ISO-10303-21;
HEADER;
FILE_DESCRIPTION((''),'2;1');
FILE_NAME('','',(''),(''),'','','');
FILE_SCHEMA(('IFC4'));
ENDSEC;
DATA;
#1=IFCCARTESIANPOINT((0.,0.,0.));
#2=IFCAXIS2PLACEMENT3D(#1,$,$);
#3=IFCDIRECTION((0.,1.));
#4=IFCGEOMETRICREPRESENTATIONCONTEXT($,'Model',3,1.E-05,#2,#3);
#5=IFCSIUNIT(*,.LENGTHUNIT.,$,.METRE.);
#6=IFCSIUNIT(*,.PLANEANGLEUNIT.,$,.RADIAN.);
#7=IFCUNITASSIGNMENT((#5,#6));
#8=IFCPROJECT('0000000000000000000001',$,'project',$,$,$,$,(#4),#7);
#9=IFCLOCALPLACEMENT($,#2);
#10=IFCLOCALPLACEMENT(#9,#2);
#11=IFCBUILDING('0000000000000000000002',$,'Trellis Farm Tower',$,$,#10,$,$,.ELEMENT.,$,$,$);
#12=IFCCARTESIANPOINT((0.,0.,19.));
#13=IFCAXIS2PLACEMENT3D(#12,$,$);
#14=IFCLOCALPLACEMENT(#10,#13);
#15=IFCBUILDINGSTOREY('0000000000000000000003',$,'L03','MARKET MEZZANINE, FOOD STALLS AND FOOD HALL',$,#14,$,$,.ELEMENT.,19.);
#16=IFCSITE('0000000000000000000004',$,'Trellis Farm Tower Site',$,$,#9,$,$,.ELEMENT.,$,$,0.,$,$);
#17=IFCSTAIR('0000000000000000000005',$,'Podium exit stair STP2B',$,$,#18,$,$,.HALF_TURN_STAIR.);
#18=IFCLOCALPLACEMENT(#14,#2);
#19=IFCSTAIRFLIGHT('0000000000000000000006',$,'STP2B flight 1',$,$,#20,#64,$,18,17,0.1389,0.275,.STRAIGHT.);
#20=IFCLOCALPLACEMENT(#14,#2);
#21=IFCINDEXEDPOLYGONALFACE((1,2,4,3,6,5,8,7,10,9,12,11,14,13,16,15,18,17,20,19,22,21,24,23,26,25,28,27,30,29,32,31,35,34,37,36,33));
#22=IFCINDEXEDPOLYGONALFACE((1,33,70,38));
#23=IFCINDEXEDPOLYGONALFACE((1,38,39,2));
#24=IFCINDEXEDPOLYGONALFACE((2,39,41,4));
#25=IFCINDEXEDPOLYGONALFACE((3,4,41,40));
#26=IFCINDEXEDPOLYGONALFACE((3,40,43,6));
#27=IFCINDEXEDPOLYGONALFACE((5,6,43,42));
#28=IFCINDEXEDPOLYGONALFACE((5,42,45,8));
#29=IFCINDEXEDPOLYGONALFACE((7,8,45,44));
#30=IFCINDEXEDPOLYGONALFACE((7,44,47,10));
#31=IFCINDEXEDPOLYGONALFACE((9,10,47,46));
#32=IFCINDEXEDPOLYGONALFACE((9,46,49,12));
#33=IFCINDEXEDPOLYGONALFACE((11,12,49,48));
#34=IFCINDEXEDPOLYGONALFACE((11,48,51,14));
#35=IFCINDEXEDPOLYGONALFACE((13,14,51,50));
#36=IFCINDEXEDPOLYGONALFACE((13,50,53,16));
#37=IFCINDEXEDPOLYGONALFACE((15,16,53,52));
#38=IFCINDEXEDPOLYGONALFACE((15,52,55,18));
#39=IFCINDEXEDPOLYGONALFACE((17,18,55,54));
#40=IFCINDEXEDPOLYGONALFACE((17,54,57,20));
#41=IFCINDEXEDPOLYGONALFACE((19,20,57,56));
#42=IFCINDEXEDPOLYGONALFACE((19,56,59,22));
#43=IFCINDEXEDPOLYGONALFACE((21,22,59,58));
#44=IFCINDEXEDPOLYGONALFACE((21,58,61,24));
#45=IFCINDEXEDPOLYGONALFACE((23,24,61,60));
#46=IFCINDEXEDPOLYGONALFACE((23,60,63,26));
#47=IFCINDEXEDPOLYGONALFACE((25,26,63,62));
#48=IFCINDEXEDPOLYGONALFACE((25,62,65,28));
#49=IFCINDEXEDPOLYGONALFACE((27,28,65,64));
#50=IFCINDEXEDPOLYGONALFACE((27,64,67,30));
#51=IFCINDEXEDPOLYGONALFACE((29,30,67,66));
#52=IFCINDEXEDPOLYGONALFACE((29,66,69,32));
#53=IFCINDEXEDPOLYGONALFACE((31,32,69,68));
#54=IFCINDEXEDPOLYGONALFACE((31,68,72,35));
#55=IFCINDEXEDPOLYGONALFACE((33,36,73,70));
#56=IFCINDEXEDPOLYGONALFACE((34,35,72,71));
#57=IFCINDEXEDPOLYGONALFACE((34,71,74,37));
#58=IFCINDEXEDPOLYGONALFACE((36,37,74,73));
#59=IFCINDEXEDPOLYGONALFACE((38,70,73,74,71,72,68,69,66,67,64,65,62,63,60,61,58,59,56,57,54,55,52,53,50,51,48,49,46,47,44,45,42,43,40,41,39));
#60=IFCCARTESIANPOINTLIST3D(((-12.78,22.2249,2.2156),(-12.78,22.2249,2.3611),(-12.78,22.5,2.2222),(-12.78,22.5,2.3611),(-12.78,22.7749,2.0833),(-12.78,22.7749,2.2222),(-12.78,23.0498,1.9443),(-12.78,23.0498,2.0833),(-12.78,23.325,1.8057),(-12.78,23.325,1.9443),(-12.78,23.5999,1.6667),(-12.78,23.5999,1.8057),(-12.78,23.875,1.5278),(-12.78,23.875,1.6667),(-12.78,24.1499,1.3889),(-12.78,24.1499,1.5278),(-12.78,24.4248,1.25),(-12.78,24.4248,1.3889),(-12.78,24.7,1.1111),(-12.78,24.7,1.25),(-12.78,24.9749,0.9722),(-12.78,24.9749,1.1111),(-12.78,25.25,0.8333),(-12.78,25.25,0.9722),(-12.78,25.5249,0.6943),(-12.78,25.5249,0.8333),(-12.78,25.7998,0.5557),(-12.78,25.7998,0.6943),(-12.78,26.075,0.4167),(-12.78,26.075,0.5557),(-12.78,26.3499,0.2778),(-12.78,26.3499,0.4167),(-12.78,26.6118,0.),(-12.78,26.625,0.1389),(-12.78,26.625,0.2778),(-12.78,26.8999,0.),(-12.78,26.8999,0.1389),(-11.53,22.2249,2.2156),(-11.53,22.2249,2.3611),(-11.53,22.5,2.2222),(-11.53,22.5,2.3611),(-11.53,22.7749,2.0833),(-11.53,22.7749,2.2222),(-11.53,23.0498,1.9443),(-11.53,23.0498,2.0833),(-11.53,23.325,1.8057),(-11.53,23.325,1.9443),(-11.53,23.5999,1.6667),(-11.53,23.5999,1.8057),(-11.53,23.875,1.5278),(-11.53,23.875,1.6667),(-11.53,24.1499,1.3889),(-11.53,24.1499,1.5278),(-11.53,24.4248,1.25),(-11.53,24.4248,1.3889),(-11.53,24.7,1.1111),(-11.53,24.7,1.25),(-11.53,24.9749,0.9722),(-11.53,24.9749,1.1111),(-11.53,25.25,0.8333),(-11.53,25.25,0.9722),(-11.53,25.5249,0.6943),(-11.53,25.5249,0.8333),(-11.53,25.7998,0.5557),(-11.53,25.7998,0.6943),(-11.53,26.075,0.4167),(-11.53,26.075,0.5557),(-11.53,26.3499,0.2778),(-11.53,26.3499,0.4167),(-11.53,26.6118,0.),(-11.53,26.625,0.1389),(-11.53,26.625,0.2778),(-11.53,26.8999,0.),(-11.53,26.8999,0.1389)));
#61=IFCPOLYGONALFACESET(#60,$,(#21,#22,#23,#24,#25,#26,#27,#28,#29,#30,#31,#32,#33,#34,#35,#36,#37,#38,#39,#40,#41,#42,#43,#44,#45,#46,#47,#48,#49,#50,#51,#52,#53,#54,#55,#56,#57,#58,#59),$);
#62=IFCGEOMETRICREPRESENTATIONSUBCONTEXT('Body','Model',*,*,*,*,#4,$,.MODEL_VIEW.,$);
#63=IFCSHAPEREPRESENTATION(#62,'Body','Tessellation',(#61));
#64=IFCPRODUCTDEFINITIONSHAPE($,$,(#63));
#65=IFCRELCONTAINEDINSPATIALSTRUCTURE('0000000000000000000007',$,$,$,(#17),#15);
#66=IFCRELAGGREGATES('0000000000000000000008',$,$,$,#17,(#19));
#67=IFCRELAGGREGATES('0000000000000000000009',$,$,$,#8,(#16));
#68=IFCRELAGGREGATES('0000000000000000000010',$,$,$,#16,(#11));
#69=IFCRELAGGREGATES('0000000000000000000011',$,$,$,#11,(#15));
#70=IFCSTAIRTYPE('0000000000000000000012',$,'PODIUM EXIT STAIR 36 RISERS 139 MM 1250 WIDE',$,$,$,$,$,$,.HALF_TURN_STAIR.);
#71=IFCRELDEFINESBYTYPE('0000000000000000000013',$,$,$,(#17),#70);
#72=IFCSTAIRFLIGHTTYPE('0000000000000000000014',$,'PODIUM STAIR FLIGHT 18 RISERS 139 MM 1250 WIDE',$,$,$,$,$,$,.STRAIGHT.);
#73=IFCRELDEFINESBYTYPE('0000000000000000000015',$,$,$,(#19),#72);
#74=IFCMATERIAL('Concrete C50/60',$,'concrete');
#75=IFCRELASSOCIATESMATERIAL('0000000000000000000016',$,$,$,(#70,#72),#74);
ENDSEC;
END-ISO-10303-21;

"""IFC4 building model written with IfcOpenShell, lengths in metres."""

from ifc_helpers import new_model, si_unit, direction, frame, origin, place, context, subcontext, project, spatial, polyline, outline, extrude, source, transform, mapped, material, type_object, element, aggregate, save


model = new_model("IFC4")

# Units and contexts
model_context = context("Model", 3, precision=1e-05, world=origin(), true_north=direction((0.0, 1.0)))
body_context = subcontext(model_context, "Body", "Model", "MODEL_VIEW")
ifc_project = project(units=[si_unit("LENGTHUNIT", "METRE"), si_unit("PLANEANGLEUNIT", "RADIAN")], contexts=[model_context])

# Site, building, storey
site_placement = place(None, origin())
site = spatial("IfcSite", under=ifc_project, at=site_placement, Name="Trellis Farm Tower Site", CompositionType="ELEMENT", RefElevation=0.0)
building_placement = place(site_placement, origin())
building = spatial("IfcBuilding", under=site, at=building_placement, Name="Trellis Farm Tower", CompositionType="ELEMENT")
storey_placement = place(building_placement, frame((0.0, 0.0, 19.0)))
storey = spatial("IfcBuildingStorey", under=building, at=storey_placement, Name="L03", Description="MARKET MEZZANINE, FOOD STALLS AND FOOD HALL", CompositionType="ELEMENT", Elevation=19.0)

# Stair, stair flight
ifc_material_1 = material(Name="Concrete C50/60", Category="concrete")
stair_type = type_object("IfcStairType", Name="PODIUM EXIT STAIR 36 RISERS 139 MM 1250 WIDE", PredefinedType="HALF_TURN_STAIR", material=ifc_material_1)
stair_placement = place(storey_placement, origin())
stair = element("IfcStair", 1, at=stair_placement, inside=storey, type_object=stair_type, Name="Podium exit stair STP2B", PredefinedType="HALF_TURN_STAIR")
stair_flight_type = type_object("IfcStairFlightType", Name="PODIUM STAIR FLIGHT 18 RISERS 139 MM 1250 WIDE", PredefinedType="STRAIGHT", material=ifc_material_1)
shared_shape_1 = source(origin(), body_context, "Body", "SweptSolid", [
    extrude(outline(polyline([(0.0, 0.0), (0.0, 0.1389), (0.2749, 0.1389), (0.2749, 0.2778), (0.55, 0.2778), (0.55, 0.4167), (0.825, 0.4167), (0.825, 0.5557), (1.1001, 0.5557), (1.1001, 0.6943), (1.375, 0.6943), (1.375, 0.8333), (1.6499, 0.8333), (1.6499, 0.9722), (1.925, 0.9722), (1.925, 1.1111), (2.2, 1.1111), (2.2, 1.25), (2.4751, 1.25), (2.4751, 1.3889), (2.75, 1.3889), (2.75, 1.5278), (3.0249, 1.5278), (3.0249, 1.6667), (3.3, 1.6667), (3.3, 1.8057), (3.575, 1.8057), (3.575, 1.9443), (3.8501, 1.9443), (3.8501, 2.0833), (4.125, 2.0833), (4.125, 2.2222), (4.3999, 2.2222), (4.3999, 2.3611), (4.675, 2.3611), (4.675, 2.5), (4.675, 2.2156), (0.2881, 0.0), (0.0, 0.0)])), frame((0.0, 0.625, 0.0), z_axis=(0.0, -1.0, 0.0), x_axis=(1.0, 0.0, 0.0)), (0.0, 0.0, 1.0), 1.25),
])
stair_flight_placement = place(storey_placement, frame((-12.155, 26.8999, 0.0), z_axis=(0.0, 0.0, 1.0), x_axis=(0.0, -1.0, 0.0)))
stair_flight = element("IfcStairFlight", 2, at=stair_flight_placement, type_object=stair_flight_type, Name="STP2B flight 1", NumberOfRisers=18, NumberOfTreads=17, PredefinedType="STRAIGHT", RiserHeight=0.1389, TreadLength=0.275, context=body_context, shape_type="MappedRepresentation", body=[
    mapped(shared_shape_1, transform((0.0, 0.0, 0.0))),
])
aggregate(stair, [stair_flight])

save(model, "model.ifc")
